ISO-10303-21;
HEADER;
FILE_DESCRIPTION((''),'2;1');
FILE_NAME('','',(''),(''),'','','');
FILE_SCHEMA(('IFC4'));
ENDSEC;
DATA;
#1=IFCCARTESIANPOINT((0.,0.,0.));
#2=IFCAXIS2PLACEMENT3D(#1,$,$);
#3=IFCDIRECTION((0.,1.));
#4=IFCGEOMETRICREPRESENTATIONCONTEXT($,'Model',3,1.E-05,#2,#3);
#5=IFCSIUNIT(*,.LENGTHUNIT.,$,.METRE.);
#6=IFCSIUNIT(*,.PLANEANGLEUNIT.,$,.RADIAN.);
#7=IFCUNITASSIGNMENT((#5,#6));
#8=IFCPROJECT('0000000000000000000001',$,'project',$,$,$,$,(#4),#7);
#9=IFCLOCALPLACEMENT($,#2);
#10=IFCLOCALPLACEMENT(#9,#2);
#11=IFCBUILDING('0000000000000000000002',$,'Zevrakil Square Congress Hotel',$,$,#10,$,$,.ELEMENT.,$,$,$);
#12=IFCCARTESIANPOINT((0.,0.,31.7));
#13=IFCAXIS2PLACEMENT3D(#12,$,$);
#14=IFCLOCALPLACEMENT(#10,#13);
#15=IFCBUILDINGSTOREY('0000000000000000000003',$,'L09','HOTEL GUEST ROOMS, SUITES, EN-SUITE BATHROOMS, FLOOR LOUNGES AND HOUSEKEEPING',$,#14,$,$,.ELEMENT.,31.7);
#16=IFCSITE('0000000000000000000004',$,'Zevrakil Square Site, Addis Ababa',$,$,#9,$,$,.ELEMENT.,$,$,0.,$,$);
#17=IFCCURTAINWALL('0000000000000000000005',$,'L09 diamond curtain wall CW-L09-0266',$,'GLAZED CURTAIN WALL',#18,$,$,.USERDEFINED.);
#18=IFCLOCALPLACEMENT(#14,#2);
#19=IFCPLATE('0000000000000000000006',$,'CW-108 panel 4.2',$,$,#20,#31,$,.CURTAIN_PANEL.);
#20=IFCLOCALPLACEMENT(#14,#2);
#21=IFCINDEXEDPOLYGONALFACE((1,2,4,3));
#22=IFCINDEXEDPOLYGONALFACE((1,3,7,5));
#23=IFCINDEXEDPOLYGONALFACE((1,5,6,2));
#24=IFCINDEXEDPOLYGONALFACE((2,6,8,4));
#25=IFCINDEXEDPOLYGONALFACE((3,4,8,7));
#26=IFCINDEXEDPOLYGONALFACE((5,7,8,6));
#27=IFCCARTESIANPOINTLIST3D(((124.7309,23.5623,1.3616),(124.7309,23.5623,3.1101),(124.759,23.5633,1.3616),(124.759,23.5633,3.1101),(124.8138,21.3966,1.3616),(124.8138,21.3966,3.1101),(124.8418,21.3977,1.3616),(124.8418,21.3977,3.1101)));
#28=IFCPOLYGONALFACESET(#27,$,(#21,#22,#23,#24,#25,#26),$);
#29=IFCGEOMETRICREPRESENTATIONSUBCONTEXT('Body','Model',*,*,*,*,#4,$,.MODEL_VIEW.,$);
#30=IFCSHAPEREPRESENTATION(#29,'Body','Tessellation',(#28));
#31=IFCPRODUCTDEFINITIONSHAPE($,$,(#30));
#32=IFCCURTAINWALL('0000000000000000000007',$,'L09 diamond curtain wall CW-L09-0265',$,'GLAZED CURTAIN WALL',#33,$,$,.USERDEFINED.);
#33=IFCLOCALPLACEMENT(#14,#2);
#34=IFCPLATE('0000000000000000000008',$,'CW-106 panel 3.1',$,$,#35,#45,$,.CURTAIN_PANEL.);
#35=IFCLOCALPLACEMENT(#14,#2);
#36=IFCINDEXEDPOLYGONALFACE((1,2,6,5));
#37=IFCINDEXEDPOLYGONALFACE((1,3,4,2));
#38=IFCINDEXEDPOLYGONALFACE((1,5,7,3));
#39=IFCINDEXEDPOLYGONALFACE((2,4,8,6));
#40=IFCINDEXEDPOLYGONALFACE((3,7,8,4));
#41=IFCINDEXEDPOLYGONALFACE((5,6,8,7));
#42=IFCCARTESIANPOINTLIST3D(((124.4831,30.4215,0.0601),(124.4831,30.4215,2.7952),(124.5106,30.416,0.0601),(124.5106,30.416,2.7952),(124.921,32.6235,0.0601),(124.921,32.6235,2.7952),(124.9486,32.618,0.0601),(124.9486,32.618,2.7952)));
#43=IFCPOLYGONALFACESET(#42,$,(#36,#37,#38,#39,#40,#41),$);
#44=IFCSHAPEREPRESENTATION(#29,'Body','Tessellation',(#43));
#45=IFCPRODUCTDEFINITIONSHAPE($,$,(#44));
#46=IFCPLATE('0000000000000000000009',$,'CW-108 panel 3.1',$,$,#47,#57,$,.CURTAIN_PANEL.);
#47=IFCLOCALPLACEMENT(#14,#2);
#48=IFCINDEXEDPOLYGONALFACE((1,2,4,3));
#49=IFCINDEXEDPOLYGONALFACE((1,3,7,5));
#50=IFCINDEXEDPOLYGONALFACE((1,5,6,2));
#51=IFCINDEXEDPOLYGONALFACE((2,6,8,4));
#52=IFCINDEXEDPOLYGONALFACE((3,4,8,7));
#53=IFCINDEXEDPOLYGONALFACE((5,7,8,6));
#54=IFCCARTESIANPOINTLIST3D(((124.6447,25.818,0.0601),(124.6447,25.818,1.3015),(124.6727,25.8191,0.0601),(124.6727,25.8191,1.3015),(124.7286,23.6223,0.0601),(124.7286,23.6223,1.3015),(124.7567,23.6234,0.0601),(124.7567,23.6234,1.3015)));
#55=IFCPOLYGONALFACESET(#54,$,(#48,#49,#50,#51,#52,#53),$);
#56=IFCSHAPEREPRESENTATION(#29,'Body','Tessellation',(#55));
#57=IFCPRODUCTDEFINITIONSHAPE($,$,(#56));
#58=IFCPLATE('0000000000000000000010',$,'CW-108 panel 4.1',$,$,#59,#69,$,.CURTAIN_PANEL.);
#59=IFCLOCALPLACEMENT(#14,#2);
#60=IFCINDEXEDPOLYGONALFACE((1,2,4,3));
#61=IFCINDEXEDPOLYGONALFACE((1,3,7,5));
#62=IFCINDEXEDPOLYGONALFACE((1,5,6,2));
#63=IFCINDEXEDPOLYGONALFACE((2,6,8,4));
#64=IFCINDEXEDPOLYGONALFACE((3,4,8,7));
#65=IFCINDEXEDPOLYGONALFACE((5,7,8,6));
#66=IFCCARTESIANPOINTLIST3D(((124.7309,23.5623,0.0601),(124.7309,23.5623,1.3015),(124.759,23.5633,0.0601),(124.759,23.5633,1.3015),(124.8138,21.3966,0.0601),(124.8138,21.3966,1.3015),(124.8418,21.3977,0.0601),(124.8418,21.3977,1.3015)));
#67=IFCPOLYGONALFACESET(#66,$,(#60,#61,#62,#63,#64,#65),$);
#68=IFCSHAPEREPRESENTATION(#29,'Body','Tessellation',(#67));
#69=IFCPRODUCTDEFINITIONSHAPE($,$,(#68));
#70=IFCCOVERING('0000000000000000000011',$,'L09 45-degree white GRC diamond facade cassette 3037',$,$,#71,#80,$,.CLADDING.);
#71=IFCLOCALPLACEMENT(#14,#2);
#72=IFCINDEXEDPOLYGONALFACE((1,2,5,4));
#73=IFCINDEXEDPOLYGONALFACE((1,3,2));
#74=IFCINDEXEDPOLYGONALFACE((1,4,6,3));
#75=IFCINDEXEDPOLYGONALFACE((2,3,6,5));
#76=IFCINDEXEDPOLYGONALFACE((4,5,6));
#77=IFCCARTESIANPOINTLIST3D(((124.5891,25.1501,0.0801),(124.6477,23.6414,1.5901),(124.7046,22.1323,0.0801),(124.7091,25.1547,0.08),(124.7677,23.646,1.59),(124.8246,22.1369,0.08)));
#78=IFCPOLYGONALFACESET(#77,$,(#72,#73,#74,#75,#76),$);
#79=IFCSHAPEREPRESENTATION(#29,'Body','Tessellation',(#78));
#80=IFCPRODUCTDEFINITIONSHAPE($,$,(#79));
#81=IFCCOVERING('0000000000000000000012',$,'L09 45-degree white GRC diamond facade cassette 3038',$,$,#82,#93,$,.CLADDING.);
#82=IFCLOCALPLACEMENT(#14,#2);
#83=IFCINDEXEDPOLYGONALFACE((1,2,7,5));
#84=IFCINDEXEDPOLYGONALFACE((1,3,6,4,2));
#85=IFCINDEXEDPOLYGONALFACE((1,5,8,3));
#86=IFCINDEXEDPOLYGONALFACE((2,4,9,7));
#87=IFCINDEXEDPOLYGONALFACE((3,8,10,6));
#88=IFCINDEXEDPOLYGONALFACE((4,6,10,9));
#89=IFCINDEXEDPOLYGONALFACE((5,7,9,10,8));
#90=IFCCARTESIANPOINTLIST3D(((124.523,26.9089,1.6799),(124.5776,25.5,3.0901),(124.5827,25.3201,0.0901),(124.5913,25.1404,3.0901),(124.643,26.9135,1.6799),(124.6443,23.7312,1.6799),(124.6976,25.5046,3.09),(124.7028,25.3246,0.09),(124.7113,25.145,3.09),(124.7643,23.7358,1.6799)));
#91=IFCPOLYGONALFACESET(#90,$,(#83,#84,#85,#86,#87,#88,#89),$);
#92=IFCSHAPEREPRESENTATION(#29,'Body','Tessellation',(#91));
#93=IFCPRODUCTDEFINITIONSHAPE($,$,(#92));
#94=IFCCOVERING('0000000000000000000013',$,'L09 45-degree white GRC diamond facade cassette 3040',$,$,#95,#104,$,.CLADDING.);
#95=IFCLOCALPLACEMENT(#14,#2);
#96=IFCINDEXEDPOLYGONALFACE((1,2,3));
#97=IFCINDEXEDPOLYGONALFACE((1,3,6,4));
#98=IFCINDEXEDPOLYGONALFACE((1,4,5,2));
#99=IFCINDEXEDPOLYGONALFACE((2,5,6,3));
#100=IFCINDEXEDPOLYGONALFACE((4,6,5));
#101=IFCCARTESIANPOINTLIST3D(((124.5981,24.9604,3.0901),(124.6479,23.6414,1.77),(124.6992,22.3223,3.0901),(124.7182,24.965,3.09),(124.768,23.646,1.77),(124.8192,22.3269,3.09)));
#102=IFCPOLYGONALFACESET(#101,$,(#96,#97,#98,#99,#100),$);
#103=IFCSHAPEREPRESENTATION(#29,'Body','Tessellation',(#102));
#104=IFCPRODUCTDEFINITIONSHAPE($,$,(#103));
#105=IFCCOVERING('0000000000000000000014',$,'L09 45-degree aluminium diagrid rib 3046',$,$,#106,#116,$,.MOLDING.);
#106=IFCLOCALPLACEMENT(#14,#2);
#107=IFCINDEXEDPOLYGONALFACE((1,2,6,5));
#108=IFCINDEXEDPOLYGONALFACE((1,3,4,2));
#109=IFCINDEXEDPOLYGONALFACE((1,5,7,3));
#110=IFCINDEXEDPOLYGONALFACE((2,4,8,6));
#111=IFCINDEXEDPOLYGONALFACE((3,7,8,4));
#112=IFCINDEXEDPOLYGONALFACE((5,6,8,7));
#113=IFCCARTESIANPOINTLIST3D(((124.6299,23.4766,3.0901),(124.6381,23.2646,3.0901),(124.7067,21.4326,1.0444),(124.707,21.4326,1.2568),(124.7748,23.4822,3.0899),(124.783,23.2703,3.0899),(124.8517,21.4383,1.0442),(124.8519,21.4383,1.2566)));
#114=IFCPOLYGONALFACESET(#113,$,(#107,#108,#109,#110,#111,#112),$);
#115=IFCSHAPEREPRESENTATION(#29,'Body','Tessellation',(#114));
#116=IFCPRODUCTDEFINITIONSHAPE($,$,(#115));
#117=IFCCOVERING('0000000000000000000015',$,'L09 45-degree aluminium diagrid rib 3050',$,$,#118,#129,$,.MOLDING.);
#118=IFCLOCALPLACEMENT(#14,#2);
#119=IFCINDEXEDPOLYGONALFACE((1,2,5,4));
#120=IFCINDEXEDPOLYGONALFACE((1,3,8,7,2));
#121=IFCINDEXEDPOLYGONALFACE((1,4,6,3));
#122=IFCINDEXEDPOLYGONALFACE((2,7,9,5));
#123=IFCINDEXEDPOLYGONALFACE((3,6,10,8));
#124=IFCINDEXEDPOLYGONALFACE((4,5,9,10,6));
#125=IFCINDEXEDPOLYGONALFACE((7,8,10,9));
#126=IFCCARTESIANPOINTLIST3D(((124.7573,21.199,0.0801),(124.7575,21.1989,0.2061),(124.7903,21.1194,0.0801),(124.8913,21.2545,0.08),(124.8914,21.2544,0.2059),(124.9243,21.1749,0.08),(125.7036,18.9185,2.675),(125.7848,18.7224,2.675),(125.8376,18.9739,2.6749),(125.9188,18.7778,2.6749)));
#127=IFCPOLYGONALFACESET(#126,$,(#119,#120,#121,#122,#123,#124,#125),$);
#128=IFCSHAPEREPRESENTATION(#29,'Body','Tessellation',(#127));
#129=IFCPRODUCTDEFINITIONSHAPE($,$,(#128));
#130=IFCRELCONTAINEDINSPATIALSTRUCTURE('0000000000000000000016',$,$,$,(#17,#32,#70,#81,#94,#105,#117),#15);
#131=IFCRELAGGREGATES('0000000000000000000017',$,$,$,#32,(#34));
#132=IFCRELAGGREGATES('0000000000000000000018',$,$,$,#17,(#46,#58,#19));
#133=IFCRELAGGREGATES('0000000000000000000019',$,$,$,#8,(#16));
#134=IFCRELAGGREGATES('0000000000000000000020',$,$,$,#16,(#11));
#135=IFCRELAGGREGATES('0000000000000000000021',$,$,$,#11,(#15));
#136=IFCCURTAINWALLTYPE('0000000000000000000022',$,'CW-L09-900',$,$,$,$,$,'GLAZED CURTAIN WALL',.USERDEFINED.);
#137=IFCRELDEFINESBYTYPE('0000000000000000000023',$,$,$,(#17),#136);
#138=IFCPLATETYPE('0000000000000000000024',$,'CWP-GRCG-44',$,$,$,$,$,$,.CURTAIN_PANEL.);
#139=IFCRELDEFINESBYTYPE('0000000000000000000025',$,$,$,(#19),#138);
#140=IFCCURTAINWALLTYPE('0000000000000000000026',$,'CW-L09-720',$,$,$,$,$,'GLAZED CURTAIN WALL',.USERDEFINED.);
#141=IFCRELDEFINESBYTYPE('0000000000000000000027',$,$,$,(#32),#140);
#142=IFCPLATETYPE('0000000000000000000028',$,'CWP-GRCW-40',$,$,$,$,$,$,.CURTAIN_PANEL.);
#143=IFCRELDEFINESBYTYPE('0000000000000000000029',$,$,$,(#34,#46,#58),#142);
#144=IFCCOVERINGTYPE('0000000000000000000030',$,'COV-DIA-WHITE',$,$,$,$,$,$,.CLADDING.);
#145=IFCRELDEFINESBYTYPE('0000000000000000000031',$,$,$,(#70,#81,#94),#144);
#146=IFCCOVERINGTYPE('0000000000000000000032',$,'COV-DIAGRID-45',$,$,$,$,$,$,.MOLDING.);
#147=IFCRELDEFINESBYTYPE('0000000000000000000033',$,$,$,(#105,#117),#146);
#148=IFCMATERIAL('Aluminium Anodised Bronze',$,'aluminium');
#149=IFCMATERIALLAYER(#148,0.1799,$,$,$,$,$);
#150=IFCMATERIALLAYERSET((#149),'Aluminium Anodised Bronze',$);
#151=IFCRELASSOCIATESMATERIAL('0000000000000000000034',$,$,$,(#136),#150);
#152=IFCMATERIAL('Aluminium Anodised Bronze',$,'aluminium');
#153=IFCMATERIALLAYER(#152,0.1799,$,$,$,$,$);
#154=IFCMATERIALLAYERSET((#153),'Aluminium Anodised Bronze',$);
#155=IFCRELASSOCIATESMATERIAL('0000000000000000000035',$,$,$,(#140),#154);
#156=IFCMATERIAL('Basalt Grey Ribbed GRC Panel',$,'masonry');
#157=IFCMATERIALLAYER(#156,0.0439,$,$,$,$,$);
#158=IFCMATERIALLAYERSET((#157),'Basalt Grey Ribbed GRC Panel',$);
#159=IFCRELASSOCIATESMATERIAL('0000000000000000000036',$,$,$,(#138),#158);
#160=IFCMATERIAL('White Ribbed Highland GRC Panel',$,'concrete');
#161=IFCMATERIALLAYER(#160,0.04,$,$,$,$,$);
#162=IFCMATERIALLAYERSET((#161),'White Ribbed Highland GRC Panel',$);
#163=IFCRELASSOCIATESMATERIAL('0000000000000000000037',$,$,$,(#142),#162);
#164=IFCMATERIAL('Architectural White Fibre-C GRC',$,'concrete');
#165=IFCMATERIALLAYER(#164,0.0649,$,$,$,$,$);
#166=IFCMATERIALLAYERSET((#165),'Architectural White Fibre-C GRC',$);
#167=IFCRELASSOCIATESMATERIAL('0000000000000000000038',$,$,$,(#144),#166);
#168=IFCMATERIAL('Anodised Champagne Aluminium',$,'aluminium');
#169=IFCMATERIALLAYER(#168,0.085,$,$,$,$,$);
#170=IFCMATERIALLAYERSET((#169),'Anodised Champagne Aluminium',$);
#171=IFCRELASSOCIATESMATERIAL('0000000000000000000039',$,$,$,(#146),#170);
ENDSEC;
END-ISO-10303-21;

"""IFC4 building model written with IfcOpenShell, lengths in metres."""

from ifc_helpers import new_model, si_unit, direction, frame, origin, origin_2d, place, context, subcontext, project, spatial, polyline, rectangle, outline, extrude, material, layer, layer_set, type_object, element, aggregate, save


model = new_model("IFC4")

# Units and contexts
model_context = context("Model", 3, precision=1e-05, world=origin(), true_north=direction((0.0, 1.0)))
body_context = subcontext(model_context, "Body", "Model", "MODEL_VIEW")
ifc_project = project(units=[si_unit("LENGTHUNIT", "METRE"), si_unit("PLANEANGLEUNIT", "RADIAN")], contexts=[model_context])

# Site, building, storey
site_placement = place(None, origin())
site = spatial("IfcSite", under=ifc_project, at=site_placement, Name="Zevrakil Square Site, Addis Ababa", CompositionType="ELEMENT", RefElevation=0.0)
building_placement = place(site_placement, origin())
building = spatial("IfcBuilding", under=site, at=building_placement, Name="Zevrakil Square Congress Hotel", CompositionType="ELEMENT")
storey_placement = place(building_placement, frame((0.0, 0.0, 31.7)))
storey = spatial("IfcBuildingStorey", under=building, at=storey_placement, Name="L09", Description="HOTEL GUEST ROOMS, SUITES, EN-SUITE BATHROOMS, FLOOR LOUNGES AND HOUSEKEEPING", CompositionType="ELEMENT", Elevation=31.7)

# Curtain wall
ifc_material_1 = material(Name="Aluminium Anodised Bronze", Category="aluminium")
ifc_layer_1 = layer(ifc_material_1, 0.1799)
ifc_layer_set_1 = layer_set([ifc_layer_1], Name="Aluminium Anodised Bronze")
curtain_wall_type_1 = type_object("IfcCurtainWallType", Name="CW-L09-900", ElementType="GLAZED CURTAIN WALL", PredefinedType="USERDEFINED", material=ifc_layer_set_1)
curtain_wall_1_placement = place(storey_placement, origin())
curtain_wall_1 = element("IfcCurtainWall", 1, at=curtain_wall_1_placement, inside=storey, type_object=curtain_wall_type_1, Name="L09 diamond curtain wall CW-L09-0266", ObjectType="GLAZED CURTAIN WALL", PredefinedType="USERDEFINED")
ifc_material_2 = material(Name="Aluminium Anodised Bronze", Category="aluminium")
ifc_layer_2 = layer(ifc_material_2, 0.1799)
ifc_layer_set_2 = layer_set([ifc_layer_2], Name="Aluminium Anodised Bronze")
curtain_wall_type_2 = type_object("IfcCurtainWallType", Name="CW-L09-720", ElementType="GLAZED CURTAIN WALL", PredefinedType="USERDEFINED", material=ifc_layer_set_2)

# Plate
ifc_material_3 = material(Name="Basalt Grey Ribbed GRC Panel", Category="masonry")
ifc_layer_3 = layer(ifc_material_3, 0.0439)
ifc_layer_set_3 = layer_set([ifc_layer_3], Name="Basalt Grey Ribbed GRC Panel")
plate_type_1 = type_object("IfcPlateType", Name="CWP-GRCG-44", PredefinedType="CURTAIN_PANEL", material=ifc_layer_set_3)
plate_1_placement = place(storey_placement, frame((124.7864, 22.48, 1.3616), z_axis=(0.0, 0.0, 1.0), x_axis=(0.038209, -0.99927, 0.0)))
plate_1 = element("IfcPlate", 2, at=plate_1_placement, type_object=plate_type_1, Name="CW-108 panel 4.2", PredefinedType="CURTAIN_PANEL", context=body_context, shape_type="SweptSolid", body=[
    extrude(rectangle(XDim=2.1672, YDim=0.0281, at=origin_2d()), origin(), (0.0, 0.0, 1.0), 1.7485),
])

# Curtain wall, plate
curtain_wall_2_placement = place(storey_placement, origin())
curtain_wall_2 = element("IfcCurtainWall", 3, at=curtain_wall_2_placement, inside=storey, type_object=curtain_wall_type_2, Name="L09 diamond curtain wall CW-L09-0265", ObjectType="GLAZED CURTAIN WALL", PredefinedType="USERDEFINED")
ifc_material_4 = material(Name="White Ribbed Highland GRC Panel", Category="concrete")
ifc_layer_4 = layer(ifc_material_4, 0.04)
ifc_layer_set_4 = layer_set([ifc_layer_4], Name="White Ribbed Highland GRC Panel")
plate_type_2 = type_object("IfcPlateType", Name="CWP-GRCW-40", PredefinedType="CURTAIN_PANEL", material=ifc_layer_set_4)
plate_2_placement = place(storey_placement, frame((124.7158, 31.5198, 0.0601), z_axis=(0.0, 0.0, 1.0), x_axis=(-0.195084, -0.980787, 0.0)))
plate_2 = element("IfcPlate", 4, at=plate_2_placement, type_object=plate_type_2, Name="CW-106 panel 3.1", PredefinedType="CURTAIN_PANEL", context=body_context, shape_type="SweptSolid", body=[
    extrude(rectangle(XDim=2.2451, YDim=0.0281, at=origin_2d()), origin(), (0.0, 0.0, 1.0), 2.7351),
])
aggregate(curtain_wall_2, [plate_2])

# Plates
plate_3_placement = place(storey_placement, frame((124.7007, 24.7207, 0.0601), z_axis=(0.0, 0.0, 1.0), x_axis=(0.038209, -0.99927, 0.0)))
plate_3 = element("IfcPlate", 5, at=plate_3_placement, type_object=plate_type_2, Name="CW-108 panel 3.1", PredefinedType="CURTAIN_PANEL", context=body_context, shape_type="SweptSolid", body=[
    extrude(rectangle(XDim=2.1973, YDim=0.0281, at=origin_2d()), origin(), (0.0, 0.0, 1.0), 1.2415),
])
plate_4_placement = place(storey_placement, frame((124.7864, 22.48, 0.0601), z_axis=(0.0, 0.0, 1.0), x_axis=(0.038209, -0.99927, 0.0)))
plate_4 = element("IfcPlate", 6, at=plate_4_placement, type_object=plate_type_2, Name="CW-108 panel 4.1", PredefinedType="CURTAIN_PANEL", context=body_context, shape_type="SweptSolid", body=[
    extrude(rectangle(XDim=2.1672, YDim=0.0281, at=origin_2d()), origin(), (0.0, 0.0, 1.0), 1.2415),
])
aggregate(curtain_wall_1, [plate_3, plate_4, plate_1])

# Coverings
ifc_material_5 = material(Name="Architectural White Fibre-C GRC", Category="concrete")
ifc_layer_5 = layer(ifc_material_5, 0.0649)
ifc_layer_set_5 = layer_set([ifc_layer_5], Name="Architectural White Fibre-C GRC")
covering_type_1 = type_object("IfcCoveringType", Name="COV-DIA-WHITE", PredefinedType="CLADDING", material=ifc_layer_set_5)
covering_1_placement = place(storey_placement, frame((124.6477, 23.6414, 1.5901), z_axis=(-0.999269, -0.038238, 0.000569), x_axis=(0.026637, -0.706627, -0.707084)))
element("IfcCovering", 7, at=covering_1_placement, inside=storey, type_object=covering_type_1, Name="L09 45-degree white GRC diamond facade cassette 3037", PredefinedType="CLADDING", context=body_context, shape_type="SweptSolid", body=[
    extrude(outline(polyline([(0.0, 0.0), (2.1355, 0.0), (0.0, -2.1354), (0.0, 0.0)])), origin(), (0.0, 0.0, -1.0), 0.1201),
])
covering_2_placement = place(storey_placement, frame((124.6443, 23.7312, 1.6799), z_axis=(-0.999272, -0.038148, 0.000573), x_axis=(-0.027381, 0.706624, -0.707059)))
element("IfcCovering", 8, at=covering_2_placement, inside=storey, type_object=covering_type_1, Name="L09 45-degree white GRC diamond facade cassette 3038", PredefinedType="CLADDING", context=body_context, shape_type="SweptSolid", body=[
    extrude(outline(polyline([(0.0, 0.0), (2.2485, 0.0), (2.2488, -2.2485), (0.2546, -2.2487), (0.0001, -1.9943), (0.0, 0.0)])), origin(), (0.0, 0.0, -1.0), 0.1201),
])
covering_3_placement = place(storey_placement, frame((124.6479, 23.6414, 1.77), z_axis=(-0.999267, -0.038284, 0.000554), x_axis=(-0.026679, 0.706593, 0.707117)))
element("IfcCovering", 9, at=covering_3_placement, inside=storey, type_object=covering_type_1, Name="L09 45-degree white GRC diamond facade cassette 3040", PredefinedType="CLADDING", context=body_context, shape_type="SweptSolid", body=[
    extrude(outline(polyline([(0.0, 0.0), (1.8668, 0.0), (0.0, -1.8669), (0.0, 0.0)])), origin(), (0.0, 0.0, -1.0), 0.1201),
])
ifc_material_6 = material(Name="Anodised Champagne Aluminium", Category="aluminium")
ifc_layer_6 = layer(ifc_material_6, 0.085)
ifc_layer_set_6 = layer_set([ifc_layer_6], Name="Anodised Champagne Aluminium")
covering_type_2 = type_object("IfcCoveringType", Name="COV-DIAGRID-45", PredefinedType="MOLDING", material=ifc_layer_set_6)
covering_4_placement = place(storey_placement, frame((124.6299, 23.4766, 3.0901), z_axis=(-0.999241, -0.038933, 0.001356), x_axis=(0.038933, -0.999242, 0.0)))
element("IfcCovering", 10, at=covering_4_placement, inside=storey, type_object=covering_type_2, Name="L09 45-degree aluminium diagrid rib 3046", PredefinedType="MOLDING", context=body_context, shape_type="SweptSolid", body=[
    extrude(outline(polyline([(0.0, 0.0), (0.2121, 0.0), (2.0454, -1.8333), (2.0454, -2.0457), (0.0, 0.0)])), origin(), (0.0, 0.0, -1.0), 0.145),
])
covering_5_placement = place(storey_placement, frame((124.7903, 21.1194, 0.0801), z_axis=(-0.923944, -0.382526, 0.000764), x_axis=(-0.382526, 0.923945, 0.0)))
element("IfcCovering", 11, at=covering_5_placement, inside=storey, type_object=covering_type_2, Name="L09 45-degree aluminium diagrid rib 3050", PredefinedType="MOLDING", context=body_context, shape_type="SweptSolid", body=[
    extrude(outline(polyline([(0.0, 0.0), (0.0861, 0.0), (0.0861, -0.126), (-2.3829, -2.595), (-2.5951, -2.595), (0.0, 0.0)])), origin(), (0.0, 0.0, -1.0), 0.145),
])

save(model, "model.ifc")
